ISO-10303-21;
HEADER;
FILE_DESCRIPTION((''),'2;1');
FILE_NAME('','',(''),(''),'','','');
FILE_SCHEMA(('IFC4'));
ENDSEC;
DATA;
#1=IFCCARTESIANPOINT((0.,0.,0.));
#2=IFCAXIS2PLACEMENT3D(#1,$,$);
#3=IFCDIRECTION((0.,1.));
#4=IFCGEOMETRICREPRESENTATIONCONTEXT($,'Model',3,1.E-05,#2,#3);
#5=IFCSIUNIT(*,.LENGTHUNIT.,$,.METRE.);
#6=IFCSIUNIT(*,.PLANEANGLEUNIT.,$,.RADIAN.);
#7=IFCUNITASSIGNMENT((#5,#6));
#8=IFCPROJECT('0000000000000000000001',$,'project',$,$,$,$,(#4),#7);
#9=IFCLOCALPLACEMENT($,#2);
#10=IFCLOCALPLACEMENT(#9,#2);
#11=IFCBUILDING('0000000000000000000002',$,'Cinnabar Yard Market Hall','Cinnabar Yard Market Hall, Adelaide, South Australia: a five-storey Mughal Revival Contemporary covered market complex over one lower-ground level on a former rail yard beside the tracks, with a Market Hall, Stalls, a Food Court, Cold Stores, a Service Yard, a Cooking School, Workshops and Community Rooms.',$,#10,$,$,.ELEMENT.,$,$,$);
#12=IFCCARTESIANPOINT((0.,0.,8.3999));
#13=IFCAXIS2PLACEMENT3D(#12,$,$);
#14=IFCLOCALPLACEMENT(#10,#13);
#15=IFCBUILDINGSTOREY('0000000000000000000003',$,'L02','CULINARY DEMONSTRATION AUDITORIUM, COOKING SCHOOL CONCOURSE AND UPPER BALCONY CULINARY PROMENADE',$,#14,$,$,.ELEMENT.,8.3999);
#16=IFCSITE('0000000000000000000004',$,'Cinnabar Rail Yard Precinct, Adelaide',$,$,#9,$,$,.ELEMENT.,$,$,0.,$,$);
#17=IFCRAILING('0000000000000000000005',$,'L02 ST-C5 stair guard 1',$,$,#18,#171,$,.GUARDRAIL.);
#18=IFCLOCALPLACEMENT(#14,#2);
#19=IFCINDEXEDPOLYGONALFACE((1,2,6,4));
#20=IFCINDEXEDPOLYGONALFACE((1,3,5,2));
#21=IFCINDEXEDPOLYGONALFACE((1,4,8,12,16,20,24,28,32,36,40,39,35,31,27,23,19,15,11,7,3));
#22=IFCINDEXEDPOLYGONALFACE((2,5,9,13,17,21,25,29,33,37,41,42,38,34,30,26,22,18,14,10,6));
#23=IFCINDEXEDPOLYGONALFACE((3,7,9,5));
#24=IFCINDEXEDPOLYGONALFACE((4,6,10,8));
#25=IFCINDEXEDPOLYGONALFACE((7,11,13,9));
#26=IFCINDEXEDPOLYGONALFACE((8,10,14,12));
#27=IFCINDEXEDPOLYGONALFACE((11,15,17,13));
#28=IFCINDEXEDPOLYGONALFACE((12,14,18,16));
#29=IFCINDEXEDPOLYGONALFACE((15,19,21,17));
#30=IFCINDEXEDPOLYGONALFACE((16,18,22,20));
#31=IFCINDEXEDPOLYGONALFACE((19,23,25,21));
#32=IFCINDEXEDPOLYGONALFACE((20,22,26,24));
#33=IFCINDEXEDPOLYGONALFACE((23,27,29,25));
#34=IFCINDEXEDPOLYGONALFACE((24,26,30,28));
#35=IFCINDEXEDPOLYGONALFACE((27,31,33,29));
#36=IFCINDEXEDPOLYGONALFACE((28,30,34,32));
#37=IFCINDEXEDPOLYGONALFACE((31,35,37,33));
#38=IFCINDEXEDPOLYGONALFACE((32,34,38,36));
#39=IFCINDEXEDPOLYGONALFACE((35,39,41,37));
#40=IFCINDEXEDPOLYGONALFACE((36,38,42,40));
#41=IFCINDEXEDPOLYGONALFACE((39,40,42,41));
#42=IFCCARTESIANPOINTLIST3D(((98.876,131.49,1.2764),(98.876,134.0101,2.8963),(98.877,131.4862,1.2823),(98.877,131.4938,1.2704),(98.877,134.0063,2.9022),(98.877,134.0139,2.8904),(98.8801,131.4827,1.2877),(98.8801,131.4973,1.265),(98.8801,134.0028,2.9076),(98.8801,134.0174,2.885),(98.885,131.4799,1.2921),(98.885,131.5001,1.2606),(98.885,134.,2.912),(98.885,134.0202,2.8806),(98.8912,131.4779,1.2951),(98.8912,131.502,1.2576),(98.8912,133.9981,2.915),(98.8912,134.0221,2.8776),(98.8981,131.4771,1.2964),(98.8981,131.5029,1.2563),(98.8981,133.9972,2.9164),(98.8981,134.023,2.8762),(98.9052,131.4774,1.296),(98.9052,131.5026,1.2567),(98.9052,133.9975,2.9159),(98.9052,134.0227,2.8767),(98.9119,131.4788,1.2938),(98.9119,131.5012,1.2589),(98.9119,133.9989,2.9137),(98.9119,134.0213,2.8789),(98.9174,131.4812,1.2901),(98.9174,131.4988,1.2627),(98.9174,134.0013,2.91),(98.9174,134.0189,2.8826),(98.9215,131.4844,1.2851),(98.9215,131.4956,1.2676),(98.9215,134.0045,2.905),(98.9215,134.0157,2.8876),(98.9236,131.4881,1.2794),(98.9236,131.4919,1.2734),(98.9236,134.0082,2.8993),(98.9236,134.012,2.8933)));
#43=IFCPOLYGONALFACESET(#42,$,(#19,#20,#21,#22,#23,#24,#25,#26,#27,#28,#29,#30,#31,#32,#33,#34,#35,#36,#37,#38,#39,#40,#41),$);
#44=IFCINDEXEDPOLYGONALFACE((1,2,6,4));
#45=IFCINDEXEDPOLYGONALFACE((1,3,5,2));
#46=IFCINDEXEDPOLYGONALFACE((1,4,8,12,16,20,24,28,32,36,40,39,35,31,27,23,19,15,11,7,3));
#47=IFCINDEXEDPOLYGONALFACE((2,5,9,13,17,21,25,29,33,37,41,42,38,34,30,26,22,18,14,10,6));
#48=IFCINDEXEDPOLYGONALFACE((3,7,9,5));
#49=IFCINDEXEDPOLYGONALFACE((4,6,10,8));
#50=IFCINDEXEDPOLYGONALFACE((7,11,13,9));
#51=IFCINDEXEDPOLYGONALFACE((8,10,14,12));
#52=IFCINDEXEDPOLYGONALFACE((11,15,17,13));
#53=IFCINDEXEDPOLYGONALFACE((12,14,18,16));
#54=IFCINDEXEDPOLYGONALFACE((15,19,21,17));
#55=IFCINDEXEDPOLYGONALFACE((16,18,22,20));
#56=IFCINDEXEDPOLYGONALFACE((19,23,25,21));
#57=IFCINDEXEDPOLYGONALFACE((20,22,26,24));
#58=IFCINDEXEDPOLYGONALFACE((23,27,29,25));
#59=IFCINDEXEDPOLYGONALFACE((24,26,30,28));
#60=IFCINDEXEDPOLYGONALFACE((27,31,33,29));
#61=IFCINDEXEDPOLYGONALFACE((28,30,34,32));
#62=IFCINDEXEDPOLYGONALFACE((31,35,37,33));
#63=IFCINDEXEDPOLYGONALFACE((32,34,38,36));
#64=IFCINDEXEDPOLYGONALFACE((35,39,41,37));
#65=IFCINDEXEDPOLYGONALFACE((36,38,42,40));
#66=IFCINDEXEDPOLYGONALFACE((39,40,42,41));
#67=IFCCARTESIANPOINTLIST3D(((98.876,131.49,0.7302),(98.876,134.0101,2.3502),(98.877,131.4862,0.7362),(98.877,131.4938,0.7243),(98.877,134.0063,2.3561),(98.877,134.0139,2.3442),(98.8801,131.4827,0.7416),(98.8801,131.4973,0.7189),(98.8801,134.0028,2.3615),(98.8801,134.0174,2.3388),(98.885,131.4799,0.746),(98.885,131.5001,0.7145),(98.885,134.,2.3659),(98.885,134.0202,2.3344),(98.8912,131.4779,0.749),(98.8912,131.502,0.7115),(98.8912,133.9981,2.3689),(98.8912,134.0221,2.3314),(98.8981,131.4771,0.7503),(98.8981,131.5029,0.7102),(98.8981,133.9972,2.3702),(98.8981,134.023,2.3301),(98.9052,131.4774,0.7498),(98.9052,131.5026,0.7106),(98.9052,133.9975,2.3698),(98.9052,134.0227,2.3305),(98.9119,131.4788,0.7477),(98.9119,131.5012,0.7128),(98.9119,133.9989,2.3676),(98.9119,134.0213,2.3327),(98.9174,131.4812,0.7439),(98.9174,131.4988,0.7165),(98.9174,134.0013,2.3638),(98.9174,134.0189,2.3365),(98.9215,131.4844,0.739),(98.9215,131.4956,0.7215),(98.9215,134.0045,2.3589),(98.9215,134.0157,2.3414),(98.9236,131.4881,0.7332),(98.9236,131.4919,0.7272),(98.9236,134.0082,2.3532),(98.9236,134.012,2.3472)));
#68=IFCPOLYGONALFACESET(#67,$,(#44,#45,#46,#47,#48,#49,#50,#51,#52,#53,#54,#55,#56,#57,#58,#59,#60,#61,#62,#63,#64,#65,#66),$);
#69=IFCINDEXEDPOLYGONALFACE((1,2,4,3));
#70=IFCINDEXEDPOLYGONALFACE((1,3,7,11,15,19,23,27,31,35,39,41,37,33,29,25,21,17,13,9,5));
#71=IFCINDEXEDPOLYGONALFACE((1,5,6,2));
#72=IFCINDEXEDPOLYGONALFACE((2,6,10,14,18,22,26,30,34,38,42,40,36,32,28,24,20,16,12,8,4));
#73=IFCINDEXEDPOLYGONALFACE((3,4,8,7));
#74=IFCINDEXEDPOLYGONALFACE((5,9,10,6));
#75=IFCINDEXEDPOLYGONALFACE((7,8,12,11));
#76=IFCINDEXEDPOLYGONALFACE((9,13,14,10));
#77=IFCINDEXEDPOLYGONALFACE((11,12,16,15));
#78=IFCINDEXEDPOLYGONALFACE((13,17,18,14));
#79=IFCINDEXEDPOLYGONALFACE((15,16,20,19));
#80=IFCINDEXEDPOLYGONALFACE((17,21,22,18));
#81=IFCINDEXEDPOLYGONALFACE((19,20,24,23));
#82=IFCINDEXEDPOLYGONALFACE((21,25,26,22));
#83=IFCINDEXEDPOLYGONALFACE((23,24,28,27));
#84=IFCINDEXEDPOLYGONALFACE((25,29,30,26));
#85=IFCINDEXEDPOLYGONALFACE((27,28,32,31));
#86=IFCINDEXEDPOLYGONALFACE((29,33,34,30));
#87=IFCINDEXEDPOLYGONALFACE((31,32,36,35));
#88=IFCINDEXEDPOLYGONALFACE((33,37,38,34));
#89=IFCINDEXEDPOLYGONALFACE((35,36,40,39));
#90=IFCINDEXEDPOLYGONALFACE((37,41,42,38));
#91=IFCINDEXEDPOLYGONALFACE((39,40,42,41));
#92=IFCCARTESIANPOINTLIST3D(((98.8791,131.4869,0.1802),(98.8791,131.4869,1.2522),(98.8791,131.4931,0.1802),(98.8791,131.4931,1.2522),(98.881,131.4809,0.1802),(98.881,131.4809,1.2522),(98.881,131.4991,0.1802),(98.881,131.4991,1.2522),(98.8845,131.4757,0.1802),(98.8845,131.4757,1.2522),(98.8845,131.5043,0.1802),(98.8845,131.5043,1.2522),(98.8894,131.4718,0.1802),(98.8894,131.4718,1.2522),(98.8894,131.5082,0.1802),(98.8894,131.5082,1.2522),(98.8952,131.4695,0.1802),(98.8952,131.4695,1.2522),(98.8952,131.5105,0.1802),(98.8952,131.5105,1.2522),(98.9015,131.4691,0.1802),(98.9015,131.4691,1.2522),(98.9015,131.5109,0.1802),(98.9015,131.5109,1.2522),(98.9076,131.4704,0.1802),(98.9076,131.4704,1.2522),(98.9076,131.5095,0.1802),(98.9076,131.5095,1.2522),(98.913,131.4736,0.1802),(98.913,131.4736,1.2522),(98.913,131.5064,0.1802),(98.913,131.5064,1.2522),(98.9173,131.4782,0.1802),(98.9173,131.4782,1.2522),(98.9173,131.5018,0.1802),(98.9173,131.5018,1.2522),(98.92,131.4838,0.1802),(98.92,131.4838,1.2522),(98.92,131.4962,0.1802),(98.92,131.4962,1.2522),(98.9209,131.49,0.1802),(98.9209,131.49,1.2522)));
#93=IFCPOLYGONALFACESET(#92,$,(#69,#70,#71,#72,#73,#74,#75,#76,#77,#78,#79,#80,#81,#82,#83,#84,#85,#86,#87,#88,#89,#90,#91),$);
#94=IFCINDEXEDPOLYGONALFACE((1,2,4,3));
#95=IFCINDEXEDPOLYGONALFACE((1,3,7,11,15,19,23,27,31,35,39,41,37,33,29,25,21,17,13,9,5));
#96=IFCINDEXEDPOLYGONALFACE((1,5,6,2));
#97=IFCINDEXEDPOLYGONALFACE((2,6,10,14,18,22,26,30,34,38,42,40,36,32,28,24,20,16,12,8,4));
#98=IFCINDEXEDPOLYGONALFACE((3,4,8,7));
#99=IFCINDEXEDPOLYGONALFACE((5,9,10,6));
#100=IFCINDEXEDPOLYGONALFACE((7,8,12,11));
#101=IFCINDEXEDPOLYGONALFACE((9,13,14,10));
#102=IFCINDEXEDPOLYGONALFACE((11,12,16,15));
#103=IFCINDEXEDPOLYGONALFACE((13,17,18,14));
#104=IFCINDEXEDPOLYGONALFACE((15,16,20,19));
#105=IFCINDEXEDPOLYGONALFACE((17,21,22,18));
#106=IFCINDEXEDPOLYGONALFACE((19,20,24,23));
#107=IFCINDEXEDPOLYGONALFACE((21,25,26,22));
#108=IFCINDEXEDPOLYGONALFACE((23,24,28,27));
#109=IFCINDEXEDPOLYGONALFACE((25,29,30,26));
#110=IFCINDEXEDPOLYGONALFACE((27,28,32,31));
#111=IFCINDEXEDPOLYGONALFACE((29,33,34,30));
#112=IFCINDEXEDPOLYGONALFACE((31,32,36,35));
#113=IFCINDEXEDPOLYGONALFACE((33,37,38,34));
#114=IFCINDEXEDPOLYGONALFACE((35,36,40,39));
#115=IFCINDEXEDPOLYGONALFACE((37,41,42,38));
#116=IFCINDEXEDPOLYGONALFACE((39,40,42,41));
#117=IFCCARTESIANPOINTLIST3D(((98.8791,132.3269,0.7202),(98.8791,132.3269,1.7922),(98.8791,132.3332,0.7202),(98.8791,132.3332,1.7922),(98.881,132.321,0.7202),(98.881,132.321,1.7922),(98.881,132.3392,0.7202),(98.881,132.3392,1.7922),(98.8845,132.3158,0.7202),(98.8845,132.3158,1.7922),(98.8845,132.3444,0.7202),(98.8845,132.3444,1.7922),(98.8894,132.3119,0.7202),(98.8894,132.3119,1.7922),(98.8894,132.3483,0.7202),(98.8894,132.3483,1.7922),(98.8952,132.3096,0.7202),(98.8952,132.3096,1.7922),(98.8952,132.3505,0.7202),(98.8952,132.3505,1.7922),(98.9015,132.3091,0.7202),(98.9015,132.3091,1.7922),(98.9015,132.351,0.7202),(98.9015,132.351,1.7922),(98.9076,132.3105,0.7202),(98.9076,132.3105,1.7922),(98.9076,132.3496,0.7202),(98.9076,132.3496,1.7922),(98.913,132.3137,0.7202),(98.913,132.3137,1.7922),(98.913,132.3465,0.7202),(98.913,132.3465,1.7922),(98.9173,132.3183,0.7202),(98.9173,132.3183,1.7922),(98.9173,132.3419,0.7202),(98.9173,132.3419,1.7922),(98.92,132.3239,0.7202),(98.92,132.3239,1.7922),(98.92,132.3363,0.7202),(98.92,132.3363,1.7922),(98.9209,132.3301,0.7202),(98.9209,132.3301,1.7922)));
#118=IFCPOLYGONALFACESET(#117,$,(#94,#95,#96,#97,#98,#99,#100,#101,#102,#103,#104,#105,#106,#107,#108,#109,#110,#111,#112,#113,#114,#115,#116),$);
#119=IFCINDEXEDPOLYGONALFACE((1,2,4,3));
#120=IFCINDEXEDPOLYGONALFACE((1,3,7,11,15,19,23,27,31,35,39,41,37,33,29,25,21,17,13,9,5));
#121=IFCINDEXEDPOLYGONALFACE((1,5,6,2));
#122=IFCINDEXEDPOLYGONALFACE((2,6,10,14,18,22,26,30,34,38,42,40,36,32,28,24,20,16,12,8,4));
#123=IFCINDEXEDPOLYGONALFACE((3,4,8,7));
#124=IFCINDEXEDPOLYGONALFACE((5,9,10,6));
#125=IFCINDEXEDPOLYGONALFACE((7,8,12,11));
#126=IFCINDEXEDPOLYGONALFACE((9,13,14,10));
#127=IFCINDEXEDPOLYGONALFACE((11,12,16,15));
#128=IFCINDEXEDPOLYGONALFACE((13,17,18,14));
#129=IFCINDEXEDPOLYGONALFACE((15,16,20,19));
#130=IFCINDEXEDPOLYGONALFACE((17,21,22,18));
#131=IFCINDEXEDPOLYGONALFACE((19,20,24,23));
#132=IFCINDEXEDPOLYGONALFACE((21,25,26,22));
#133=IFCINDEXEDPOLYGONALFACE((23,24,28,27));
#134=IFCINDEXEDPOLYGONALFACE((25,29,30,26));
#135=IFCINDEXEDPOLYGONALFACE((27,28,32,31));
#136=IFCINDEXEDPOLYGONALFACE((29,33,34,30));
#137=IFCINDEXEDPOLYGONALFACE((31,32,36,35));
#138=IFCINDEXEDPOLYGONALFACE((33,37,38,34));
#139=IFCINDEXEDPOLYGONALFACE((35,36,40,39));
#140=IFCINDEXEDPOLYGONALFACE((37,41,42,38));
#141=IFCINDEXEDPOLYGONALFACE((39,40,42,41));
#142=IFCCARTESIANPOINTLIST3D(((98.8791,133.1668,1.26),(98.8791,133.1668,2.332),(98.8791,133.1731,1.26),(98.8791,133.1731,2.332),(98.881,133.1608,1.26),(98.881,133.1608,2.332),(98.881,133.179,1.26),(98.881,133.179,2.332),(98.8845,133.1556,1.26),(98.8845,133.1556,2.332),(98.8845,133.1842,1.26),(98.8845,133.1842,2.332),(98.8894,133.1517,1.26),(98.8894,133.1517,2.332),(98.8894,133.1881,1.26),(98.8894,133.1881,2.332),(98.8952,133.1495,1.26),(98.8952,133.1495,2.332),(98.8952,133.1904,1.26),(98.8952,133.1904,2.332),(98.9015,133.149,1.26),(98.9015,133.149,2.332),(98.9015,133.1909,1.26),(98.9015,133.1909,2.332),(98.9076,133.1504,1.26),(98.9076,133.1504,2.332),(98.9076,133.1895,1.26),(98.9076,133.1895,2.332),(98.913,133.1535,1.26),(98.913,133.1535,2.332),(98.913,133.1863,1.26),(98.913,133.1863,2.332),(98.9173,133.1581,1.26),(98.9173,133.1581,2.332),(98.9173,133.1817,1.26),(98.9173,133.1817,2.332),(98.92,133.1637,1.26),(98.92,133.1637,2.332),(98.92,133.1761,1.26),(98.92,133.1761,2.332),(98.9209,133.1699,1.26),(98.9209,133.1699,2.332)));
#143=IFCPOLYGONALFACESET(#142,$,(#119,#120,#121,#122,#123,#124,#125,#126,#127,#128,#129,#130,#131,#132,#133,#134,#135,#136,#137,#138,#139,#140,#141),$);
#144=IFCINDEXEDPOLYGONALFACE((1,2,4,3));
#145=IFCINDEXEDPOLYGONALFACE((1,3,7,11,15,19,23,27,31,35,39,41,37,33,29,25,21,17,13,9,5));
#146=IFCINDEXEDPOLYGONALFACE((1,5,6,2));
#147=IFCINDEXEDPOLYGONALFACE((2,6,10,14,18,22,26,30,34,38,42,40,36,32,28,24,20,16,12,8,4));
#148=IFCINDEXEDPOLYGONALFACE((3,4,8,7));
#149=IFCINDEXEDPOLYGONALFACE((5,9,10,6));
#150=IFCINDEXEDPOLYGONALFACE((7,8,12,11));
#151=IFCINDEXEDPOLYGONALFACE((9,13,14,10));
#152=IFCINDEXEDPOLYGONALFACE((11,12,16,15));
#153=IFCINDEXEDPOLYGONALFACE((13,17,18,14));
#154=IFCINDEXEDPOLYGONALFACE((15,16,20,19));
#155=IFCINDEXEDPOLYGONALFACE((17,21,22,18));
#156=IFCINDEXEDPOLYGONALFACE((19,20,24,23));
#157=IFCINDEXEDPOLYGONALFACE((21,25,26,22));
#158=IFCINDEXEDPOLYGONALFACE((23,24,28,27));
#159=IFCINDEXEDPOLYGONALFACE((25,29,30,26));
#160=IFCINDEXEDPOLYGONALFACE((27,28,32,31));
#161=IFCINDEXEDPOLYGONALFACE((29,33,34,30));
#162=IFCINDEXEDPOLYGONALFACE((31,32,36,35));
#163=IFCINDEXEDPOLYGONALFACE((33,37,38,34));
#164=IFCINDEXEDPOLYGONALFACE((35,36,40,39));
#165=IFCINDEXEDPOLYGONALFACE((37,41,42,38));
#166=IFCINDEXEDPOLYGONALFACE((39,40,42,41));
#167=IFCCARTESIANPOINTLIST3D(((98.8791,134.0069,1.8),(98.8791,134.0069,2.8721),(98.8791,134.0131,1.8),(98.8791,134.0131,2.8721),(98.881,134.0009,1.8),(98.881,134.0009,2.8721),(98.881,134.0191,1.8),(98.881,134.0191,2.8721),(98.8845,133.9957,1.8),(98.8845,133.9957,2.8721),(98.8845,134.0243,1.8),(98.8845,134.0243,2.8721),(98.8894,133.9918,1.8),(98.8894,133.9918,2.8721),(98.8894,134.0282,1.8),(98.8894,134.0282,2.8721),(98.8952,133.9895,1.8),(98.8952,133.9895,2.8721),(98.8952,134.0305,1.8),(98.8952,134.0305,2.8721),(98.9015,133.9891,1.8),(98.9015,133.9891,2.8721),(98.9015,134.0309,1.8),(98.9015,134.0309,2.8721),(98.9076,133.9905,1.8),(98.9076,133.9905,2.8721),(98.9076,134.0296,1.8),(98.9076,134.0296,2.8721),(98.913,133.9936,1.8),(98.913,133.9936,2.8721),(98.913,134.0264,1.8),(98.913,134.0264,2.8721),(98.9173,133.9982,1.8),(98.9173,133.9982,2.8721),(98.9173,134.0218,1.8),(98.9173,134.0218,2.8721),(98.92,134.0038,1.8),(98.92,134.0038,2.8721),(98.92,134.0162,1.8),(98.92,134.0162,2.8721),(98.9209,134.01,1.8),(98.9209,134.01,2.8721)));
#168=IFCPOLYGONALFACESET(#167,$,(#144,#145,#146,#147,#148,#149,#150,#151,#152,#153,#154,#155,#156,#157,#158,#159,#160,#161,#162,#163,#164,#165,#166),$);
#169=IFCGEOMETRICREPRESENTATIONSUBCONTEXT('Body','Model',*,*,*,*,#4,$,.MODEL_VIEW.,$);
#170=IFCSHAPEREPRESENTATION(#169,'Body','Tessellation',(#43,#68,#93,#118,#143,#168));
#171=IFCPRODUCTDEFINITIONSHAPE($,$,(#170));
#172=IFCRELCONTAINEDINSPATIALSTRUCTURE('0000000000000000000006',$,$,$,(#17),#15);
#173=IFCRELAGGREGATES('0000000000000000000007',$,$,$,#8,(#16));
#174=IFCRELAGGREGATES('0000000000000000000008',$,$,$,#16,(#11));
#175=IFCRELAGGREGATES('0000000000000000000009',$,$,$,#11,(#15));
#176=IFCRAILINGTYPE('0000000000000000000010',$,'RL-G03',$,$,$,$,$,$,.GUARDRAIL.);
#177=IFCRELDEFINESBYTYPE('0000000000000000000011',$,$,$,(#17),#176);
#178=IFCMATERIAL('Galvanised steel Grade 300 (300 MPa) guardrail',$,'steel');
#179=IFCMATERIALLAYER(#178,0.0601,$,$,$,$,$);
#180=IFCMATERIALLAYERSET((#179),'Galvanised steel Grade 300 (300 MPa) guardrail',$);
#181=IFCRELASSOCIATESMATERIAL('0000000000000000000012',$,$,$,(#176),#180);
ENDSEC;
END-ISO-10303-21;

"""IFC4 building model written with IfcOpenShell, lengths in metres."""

from ifc_helpers import new_model, si_unit, direction, frame, origin, origin_2d_with_axis, place, context, subcontext, project, spatial, circle, extrude, material, layer, layer_set, type_object, element, save


model = new_model("IFC4")

# Units and contexts
model_context = context("Model", 3, precision=1e-05, world=origin(), true_north=direction((0.0, 1.0)))
body_context = subcontext(model_context, "Body", "Model", "MODEL_VIEW")
ifc_project = project(units=[si_unit("LENGTHUNIT", "METRE"), si_unit("PLANEANGLEUNIT", "RADIAN")], contexts=[model_context])

# Site, building, storey
site_placement = place(None, origin())
site = spatial("IfcSite", under=ifc_project, at=site_placement, Name="Cinnabar Rail Yard Precinct, Adelaide", CompositionType="ELEMENT", RefElevation=0.0)
building_placement = place(site_placement, origin())
building = spatial("IfcBuilding", under=site, at=building_placement, Name="Cinnabar Yard Market Hall", Description="Cinnabar Yard Market Hall, Adelaide, South Australia: a five-storey Mughal Revival Contemporary covered market complex over one lower-ground level on a former rail yard beside the tracks, with a Market Hall, Stalls, a Food Court, Cold Stores, a Service Yard, a Cooking School, Workshops and Community Rooms.", CompositionType="ELEMENT")
storey_placement = place(building_placement, frame((0.0, 0.0, 8.3999)))
storey = spatial("IfcBuildingStorey", under=building, at=storey_placement, Name="L02", Description="CULINARY DEMONSTRATION AUDITORIUM, COOKING SCHOOL CONCOURSE AND UPPER BALCONY CULINARY PROMENADE", CompositionType="ELEMENT", Elevation=8.3999)

# Railing
ifc_material_1 = material(Name="Galvanised steel Grade 300 (300 MPa) guardrail", Category="steel")
ifc_layer_1 = layer(ifc_material_1, 0.0601)
ifc_layer_set_1 = layer_set([ifc_layer_1], Name="Galvanised steel Grade 300 (300 MPa) guardrail")
railing_type_1 = type_object("IfcRailingType", Name="RL-G03", PredefinedType="GUARDRAIL", material=ifc_layer_set_1)
railing_1_placement = place(storey_placement, frame((98.8999, 131.49, 0.1802)))
element("IfcRailing", 1, at=railing_1_placement, inside=storey, type_object=railing_type_1, Name="L02 ST-C5 stair guard 1", PredefinedType="GUARDRAIL", context=body_context, shape_type="SweptSolid", body=[
    extrude(circle(Radius=0.0239, at=origin_2d_with_axis()), frame((0.0, 0.0, 1.0962), z_axis=(0.0, 0.8412, 0.540725), x_axis=(-1.0, 0.0, 0.0)), (0.0, 0.0, 1.0), 2.9958),
    extrude(circle(Radius=0.0239, at=origin_2d_with_axis()), frame((0.0, 0.0, 0.55), z_axis=(0.0, 0.8412, 0.540725), x_axis=(-1.0, 0.0, 0.0)), (0.0, 0.0, 1.0), 2.9958),
    extrude(circle(Radius=0.021, at=origin_2d_with_axis()), origin(), (0.0, 0.0, 1.0), 1.072),
    extrude(circle(Radius=0.021, at=origin_2d_with_axis()), frame((0.0, 0.8401, 0.54)), (0.0, 0.0, 1.0), 1.072),
    extrude(circle(Radius=0.021, at=origin_2d_with_axis()), frame((0.0, 1.6799, 1.0798)), (0.0, 0.0, 1.0), 1.072),
    extrude(circle(Radius=0.021, at=origin_2d_with_axis()), frame((0.0, 2.52, 1.6199)), (0.0, 0.0, 1.0), 1.072),
])

save(model, "model.ifc")
